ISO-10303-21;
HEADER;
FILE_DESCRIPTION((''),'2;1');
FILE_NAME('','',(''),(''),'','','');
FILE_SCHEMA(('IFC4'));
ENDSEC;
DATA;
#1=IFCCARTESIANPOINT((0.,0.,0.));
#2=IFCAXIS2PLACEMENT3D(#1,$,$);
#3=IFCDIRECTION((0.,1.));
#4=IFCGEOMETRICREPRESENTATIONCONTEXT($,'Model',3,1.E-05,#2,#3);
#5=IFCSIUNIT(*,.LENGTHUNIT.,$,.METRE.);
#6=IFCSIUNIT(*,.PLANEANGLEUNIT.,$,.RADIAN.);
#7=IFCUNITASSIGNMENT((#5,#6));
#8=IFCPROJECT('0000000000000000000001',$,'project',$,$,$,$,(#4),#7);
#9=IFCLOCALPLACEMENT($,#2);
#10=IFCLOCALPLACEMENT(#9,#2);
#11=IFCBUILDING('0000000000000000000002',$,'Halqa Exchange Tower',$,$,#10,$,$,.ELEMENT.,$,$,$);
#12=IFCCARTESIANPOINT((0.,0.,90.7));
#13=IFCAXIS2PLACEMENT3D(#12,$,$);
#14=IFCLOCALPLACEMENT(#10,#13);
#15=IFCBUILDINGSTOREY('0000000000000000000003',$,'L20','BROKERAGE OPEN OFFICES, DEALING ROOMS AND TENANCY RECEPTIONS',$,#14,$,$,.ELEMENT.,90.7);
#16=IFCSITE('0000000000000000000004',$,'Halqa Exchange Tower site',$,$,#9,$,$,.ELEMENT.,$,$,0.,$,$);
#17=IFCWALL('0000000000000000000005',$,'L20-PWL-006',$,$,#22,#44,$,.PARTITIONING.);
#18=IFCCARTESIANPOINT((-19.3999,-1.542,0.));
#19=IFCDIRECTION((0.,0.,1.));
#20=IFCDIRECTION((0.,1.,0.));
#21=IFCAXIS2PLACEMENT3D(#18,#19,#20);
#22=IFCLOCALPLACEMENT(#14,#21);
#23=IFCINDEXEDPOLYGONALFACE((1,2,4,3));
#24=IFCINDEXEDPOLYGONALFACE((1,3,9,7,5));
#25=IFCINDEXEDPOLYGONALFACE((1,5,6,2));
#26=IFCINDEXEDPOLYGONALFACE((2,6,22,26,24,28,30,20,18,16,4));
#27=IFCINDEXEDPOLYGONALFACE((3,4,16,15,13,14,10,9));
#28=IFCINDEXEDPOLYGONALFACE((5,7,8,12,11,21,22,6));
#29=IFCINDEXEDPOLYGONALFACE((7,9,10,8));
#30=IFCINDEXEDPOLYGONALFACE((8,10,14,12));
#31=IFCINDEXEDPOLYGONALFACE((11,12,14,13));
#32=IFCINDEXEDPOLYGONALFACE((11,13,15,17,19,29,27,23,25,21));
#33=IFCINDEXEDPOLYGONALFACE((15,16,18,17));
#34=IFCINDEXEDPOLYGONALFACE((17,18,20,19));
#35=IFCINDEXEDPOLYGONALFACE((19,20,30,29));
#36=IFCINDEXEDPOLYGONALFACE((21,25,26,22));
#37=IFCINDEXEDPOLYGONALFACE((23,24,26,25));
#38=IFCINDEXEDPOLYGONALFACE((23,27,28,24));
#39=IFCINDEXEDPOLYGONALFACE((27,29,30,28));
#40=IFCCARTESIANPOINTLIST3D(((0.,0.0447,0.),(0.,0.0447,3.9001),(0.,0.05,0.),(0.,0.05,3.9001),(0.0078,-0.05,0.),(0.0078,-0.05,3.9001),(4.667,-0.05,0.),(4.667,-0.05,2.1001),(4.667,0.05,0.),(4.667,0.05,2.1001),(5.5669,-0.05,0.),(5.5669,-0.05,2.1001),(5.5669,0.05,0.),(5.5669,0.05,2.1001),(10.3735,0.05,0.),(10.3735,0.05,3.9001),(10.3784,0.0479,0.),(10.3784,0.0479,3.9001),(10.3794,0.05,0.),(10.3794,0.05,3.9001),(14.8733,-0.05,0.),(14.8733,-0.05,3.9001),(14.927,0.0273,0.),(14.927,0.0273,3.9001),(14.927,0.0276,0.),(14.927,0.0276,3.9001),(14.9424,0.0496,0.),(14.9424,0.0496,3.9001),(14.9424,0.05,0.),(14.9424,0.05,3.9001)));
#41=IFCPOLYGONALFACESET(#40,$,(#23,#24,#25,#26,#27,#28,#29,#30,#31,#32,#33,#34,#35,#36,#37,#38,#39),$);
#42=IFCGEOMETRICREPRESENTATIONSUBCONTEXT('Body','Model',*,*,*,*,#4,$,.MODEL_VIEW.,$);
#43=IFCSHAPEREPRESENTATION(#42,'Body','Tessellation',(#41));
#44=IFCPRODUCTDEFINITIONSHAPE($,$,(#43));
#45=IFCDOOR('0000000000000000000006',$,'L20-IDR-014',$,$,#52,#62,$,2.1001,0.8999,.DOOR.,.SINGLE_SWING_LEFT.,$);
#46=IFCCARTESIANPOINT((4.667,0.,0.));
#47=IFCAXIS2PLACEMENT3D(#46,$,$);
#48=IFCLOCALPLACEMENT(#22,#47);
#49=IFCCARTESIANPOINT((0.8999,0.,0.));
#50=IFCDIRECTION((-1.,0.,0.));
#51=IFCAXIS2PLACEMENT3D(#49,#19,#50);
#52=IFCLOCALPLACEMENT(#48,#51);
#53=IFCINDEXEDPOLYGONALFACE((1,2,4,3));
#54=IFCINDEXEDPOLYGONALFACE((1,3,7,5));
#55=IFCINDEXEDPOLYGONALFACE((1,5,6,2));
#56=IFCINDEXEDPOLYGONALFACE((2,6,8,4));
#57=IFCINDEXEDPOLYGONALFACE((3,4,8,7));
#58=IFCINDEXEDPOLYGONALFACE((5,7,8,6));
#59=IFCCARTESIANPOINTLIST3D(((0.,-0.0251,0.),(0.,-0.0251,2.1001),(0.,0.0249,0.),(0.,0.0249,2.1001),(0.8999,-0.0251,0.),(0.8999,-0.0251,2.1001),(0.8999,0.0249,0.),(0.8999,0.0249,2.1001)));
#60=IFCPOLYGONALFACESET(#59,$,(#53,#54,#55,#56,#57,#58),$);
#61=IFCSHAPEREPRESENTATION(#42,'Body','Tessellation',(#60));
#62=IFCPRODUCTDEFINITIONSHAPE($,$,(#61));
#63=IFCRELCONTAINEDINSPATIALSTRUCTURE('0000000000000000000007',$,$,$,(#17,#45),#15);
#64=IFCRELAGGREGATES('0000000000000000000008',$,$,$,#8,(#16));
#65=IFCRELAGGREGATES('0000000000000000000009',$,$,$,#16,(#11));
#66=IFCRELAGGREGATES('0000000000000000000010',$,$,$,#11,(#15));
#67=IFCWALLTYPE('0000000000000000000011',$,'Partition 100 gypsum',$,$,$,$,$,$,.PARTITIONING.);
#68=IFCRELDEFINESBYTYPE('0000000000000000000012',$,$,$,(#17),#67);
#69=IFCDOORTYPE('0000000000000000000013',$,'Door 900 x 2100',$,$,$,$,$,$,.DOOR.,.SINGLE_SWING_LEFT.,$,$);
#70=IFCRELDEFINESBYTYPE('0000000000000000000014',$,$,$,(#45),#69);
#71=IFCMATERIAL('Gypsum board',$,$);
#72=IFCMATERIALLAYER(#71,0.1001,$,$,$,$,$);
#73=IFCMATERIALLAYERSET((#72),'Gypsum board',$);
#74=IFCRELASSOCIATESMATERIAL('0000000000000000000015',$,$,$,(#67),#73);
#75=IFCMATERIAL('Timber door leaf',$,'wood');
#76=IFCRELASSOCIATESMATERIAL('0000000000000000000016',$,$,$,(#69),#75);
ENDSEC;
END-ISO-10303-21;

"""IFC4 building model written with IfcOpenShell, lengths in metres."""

from ifc_helpers import new_model, si_unit, direction, frame, frame_2d, origin, place, context, subcontext, project, spatial, polyline, rectangle, outline, extrude, material, layer, layer_set, type_object, element, fill, save


model = new_model("IFC4")

# Units and contexts
model_context = context("Model", 3, precision=1e-05, world=origin(), true_north=direction((0.0, 1.0)))
body_context = subcontext(model_context, "Body", "Model", "MODEL_VIEW")
ifc_project = project(units=[si_unit("LENGTHUNIT", "METRE"), si_unit("PLANEANGLEUNIT", "RADIAN")], contexts=[model_context])

# Site, building, storey
site_placement = place(None, origin())
site = spatial("IfcSite", under=ifc_project, at=site_placement, Name="Halqa Exchange Tower site", CompositionType="ELEMENT", RefElevation=0.0)
building_placement = place(site_placement, origin())
building = spatial("IfcBuilding", under=site, at=building_placement, Name="Halqa Exchange Tower", CompositionType="ELEMENT")
storey_placement = place(building_placement, frame((0.0, 0.0, 90.7)))
storey = spatial("IfcBuildingStorey", under=building, at=storey_placement, Name="L20", Description="BROKERAGE OPEN OFFICES, DEALING ROOMS AND TENANCY RECEPTIONS", CompositionType="ELEMENT", Elevation=90.7)

# Wall, opening, door
ifc_material_1 = material(Name="Gypsum board")
ifc_layer_1 = layer(ifc_material_1, 0.1001)
ifc_layer_set_1 = layer_set([ifc_layer_1], Name="Gypsum board")
wall_type_1 = type_object("IfcWallType", Name="Partition 100 gypsum", PredefinedType="PARTITIONING", material=ifc_layer_set_1)
wall_1_placement = place(storey_placement, frame((-19.3999, -1.542, 0.0), z_axis=(0.0, 0.0, 1.0), x_axis=(0.0, 1.0, 0.0)))
wall_1 = element("IfcWall", 1, at=wall_1_placement, inside=storey, type_object=wall_type_1, Name="L20-PWL-006", PredefinedType="PARTITIONING", context=body_context, shape_type="SweptSolid", body=[
    extrude(outline(polyline([(0.0078, -0.05), (1.866, -0.05), (3.7241, -0.05), (5.5823, -0.05), (7.4407, -0.05), (9.2988, -0.05), (11.157, -0.05), (13.0151, -0.05), (14.8733, -0.05), (14.927, 0.0276), (14.927, 0.0273), (14.9424, 0.0496), (14.9424, 0.05), (13.4214, 0.05), (11.9004, 0.05), (10.3794, 0.05), (10.3784, 0.0479), (10.3735, 0.05), (8.6445, 0.05), (6.9158, 0.05), (5.1868, 0.05), (3.4578, 0.05), (1.729, 0.05), (0.0, 0.05), (0.0, 0.0447), (0.0078, -0.05)])), origin(), (0.0, 0.0, 1.0), 3.9001),
])
opening_1_placement = place(wall_1_placement, frame((4.667, 0.0, 0.0)))
opening_1 = element("IfcOpeningElement", 2, at=opening_1_placement, cuts=wall_1, PredefinedType="OPENING", context=body_context, shape_type="SweptSolid", body=[
    extrude(rectangle(XDim=0.8999, YDim=2.1001, at=frame_2d((0.45, 1.05))), frame((0.0, 0.062, 0.0), z_axis=(0.0, -1.0, 0.0), x_axis=(1.0, 0.0, 0.0)), (0.0, 0.0, 1.0), 0.124),
])
ifc_material_2 = material(Name="Timber door leaf", Category="wood")
door_type_1 = type_object("IfcDoorType", Name="Door 900 x 2100", OperationType="SINGLE_SWING_LEFT", PredefinedType="DOOR", material=ifc_material_2)
door_1_placement = place(opening_1_placement, frame((0.8999, 0.0, 0.0), z_axis=(0.0, 0.0, 1.0), x_axis=(-1.0, 0.0, 0.0)))
door_1 = element("IfcDoor", 3, at=door_1_placement, inside=storey, type_object=door_type_1, Name="L20-IDR-014", OperationType="SINGLE_SWING_LEFT", OverallHeight=2.1001, OverallWidth=0.8999, PredefinedType="DOOR", context=body_context, shape_type="SweptSolid", body=[
    extrude(rectangle(XDim=0.8999, YDim=2.1001, at=frame_2d((0.45, 1.05))), frame((0.0, 0.0249, 0.0), z_axis=(0.0, -1.0, 0.0), x_axis=(1.0, 0.0, 0.0)), (0.0, 0.0, 1.0), 0.05),
])
fill(opening_1, door_1)

save(model, "model.ifc")
